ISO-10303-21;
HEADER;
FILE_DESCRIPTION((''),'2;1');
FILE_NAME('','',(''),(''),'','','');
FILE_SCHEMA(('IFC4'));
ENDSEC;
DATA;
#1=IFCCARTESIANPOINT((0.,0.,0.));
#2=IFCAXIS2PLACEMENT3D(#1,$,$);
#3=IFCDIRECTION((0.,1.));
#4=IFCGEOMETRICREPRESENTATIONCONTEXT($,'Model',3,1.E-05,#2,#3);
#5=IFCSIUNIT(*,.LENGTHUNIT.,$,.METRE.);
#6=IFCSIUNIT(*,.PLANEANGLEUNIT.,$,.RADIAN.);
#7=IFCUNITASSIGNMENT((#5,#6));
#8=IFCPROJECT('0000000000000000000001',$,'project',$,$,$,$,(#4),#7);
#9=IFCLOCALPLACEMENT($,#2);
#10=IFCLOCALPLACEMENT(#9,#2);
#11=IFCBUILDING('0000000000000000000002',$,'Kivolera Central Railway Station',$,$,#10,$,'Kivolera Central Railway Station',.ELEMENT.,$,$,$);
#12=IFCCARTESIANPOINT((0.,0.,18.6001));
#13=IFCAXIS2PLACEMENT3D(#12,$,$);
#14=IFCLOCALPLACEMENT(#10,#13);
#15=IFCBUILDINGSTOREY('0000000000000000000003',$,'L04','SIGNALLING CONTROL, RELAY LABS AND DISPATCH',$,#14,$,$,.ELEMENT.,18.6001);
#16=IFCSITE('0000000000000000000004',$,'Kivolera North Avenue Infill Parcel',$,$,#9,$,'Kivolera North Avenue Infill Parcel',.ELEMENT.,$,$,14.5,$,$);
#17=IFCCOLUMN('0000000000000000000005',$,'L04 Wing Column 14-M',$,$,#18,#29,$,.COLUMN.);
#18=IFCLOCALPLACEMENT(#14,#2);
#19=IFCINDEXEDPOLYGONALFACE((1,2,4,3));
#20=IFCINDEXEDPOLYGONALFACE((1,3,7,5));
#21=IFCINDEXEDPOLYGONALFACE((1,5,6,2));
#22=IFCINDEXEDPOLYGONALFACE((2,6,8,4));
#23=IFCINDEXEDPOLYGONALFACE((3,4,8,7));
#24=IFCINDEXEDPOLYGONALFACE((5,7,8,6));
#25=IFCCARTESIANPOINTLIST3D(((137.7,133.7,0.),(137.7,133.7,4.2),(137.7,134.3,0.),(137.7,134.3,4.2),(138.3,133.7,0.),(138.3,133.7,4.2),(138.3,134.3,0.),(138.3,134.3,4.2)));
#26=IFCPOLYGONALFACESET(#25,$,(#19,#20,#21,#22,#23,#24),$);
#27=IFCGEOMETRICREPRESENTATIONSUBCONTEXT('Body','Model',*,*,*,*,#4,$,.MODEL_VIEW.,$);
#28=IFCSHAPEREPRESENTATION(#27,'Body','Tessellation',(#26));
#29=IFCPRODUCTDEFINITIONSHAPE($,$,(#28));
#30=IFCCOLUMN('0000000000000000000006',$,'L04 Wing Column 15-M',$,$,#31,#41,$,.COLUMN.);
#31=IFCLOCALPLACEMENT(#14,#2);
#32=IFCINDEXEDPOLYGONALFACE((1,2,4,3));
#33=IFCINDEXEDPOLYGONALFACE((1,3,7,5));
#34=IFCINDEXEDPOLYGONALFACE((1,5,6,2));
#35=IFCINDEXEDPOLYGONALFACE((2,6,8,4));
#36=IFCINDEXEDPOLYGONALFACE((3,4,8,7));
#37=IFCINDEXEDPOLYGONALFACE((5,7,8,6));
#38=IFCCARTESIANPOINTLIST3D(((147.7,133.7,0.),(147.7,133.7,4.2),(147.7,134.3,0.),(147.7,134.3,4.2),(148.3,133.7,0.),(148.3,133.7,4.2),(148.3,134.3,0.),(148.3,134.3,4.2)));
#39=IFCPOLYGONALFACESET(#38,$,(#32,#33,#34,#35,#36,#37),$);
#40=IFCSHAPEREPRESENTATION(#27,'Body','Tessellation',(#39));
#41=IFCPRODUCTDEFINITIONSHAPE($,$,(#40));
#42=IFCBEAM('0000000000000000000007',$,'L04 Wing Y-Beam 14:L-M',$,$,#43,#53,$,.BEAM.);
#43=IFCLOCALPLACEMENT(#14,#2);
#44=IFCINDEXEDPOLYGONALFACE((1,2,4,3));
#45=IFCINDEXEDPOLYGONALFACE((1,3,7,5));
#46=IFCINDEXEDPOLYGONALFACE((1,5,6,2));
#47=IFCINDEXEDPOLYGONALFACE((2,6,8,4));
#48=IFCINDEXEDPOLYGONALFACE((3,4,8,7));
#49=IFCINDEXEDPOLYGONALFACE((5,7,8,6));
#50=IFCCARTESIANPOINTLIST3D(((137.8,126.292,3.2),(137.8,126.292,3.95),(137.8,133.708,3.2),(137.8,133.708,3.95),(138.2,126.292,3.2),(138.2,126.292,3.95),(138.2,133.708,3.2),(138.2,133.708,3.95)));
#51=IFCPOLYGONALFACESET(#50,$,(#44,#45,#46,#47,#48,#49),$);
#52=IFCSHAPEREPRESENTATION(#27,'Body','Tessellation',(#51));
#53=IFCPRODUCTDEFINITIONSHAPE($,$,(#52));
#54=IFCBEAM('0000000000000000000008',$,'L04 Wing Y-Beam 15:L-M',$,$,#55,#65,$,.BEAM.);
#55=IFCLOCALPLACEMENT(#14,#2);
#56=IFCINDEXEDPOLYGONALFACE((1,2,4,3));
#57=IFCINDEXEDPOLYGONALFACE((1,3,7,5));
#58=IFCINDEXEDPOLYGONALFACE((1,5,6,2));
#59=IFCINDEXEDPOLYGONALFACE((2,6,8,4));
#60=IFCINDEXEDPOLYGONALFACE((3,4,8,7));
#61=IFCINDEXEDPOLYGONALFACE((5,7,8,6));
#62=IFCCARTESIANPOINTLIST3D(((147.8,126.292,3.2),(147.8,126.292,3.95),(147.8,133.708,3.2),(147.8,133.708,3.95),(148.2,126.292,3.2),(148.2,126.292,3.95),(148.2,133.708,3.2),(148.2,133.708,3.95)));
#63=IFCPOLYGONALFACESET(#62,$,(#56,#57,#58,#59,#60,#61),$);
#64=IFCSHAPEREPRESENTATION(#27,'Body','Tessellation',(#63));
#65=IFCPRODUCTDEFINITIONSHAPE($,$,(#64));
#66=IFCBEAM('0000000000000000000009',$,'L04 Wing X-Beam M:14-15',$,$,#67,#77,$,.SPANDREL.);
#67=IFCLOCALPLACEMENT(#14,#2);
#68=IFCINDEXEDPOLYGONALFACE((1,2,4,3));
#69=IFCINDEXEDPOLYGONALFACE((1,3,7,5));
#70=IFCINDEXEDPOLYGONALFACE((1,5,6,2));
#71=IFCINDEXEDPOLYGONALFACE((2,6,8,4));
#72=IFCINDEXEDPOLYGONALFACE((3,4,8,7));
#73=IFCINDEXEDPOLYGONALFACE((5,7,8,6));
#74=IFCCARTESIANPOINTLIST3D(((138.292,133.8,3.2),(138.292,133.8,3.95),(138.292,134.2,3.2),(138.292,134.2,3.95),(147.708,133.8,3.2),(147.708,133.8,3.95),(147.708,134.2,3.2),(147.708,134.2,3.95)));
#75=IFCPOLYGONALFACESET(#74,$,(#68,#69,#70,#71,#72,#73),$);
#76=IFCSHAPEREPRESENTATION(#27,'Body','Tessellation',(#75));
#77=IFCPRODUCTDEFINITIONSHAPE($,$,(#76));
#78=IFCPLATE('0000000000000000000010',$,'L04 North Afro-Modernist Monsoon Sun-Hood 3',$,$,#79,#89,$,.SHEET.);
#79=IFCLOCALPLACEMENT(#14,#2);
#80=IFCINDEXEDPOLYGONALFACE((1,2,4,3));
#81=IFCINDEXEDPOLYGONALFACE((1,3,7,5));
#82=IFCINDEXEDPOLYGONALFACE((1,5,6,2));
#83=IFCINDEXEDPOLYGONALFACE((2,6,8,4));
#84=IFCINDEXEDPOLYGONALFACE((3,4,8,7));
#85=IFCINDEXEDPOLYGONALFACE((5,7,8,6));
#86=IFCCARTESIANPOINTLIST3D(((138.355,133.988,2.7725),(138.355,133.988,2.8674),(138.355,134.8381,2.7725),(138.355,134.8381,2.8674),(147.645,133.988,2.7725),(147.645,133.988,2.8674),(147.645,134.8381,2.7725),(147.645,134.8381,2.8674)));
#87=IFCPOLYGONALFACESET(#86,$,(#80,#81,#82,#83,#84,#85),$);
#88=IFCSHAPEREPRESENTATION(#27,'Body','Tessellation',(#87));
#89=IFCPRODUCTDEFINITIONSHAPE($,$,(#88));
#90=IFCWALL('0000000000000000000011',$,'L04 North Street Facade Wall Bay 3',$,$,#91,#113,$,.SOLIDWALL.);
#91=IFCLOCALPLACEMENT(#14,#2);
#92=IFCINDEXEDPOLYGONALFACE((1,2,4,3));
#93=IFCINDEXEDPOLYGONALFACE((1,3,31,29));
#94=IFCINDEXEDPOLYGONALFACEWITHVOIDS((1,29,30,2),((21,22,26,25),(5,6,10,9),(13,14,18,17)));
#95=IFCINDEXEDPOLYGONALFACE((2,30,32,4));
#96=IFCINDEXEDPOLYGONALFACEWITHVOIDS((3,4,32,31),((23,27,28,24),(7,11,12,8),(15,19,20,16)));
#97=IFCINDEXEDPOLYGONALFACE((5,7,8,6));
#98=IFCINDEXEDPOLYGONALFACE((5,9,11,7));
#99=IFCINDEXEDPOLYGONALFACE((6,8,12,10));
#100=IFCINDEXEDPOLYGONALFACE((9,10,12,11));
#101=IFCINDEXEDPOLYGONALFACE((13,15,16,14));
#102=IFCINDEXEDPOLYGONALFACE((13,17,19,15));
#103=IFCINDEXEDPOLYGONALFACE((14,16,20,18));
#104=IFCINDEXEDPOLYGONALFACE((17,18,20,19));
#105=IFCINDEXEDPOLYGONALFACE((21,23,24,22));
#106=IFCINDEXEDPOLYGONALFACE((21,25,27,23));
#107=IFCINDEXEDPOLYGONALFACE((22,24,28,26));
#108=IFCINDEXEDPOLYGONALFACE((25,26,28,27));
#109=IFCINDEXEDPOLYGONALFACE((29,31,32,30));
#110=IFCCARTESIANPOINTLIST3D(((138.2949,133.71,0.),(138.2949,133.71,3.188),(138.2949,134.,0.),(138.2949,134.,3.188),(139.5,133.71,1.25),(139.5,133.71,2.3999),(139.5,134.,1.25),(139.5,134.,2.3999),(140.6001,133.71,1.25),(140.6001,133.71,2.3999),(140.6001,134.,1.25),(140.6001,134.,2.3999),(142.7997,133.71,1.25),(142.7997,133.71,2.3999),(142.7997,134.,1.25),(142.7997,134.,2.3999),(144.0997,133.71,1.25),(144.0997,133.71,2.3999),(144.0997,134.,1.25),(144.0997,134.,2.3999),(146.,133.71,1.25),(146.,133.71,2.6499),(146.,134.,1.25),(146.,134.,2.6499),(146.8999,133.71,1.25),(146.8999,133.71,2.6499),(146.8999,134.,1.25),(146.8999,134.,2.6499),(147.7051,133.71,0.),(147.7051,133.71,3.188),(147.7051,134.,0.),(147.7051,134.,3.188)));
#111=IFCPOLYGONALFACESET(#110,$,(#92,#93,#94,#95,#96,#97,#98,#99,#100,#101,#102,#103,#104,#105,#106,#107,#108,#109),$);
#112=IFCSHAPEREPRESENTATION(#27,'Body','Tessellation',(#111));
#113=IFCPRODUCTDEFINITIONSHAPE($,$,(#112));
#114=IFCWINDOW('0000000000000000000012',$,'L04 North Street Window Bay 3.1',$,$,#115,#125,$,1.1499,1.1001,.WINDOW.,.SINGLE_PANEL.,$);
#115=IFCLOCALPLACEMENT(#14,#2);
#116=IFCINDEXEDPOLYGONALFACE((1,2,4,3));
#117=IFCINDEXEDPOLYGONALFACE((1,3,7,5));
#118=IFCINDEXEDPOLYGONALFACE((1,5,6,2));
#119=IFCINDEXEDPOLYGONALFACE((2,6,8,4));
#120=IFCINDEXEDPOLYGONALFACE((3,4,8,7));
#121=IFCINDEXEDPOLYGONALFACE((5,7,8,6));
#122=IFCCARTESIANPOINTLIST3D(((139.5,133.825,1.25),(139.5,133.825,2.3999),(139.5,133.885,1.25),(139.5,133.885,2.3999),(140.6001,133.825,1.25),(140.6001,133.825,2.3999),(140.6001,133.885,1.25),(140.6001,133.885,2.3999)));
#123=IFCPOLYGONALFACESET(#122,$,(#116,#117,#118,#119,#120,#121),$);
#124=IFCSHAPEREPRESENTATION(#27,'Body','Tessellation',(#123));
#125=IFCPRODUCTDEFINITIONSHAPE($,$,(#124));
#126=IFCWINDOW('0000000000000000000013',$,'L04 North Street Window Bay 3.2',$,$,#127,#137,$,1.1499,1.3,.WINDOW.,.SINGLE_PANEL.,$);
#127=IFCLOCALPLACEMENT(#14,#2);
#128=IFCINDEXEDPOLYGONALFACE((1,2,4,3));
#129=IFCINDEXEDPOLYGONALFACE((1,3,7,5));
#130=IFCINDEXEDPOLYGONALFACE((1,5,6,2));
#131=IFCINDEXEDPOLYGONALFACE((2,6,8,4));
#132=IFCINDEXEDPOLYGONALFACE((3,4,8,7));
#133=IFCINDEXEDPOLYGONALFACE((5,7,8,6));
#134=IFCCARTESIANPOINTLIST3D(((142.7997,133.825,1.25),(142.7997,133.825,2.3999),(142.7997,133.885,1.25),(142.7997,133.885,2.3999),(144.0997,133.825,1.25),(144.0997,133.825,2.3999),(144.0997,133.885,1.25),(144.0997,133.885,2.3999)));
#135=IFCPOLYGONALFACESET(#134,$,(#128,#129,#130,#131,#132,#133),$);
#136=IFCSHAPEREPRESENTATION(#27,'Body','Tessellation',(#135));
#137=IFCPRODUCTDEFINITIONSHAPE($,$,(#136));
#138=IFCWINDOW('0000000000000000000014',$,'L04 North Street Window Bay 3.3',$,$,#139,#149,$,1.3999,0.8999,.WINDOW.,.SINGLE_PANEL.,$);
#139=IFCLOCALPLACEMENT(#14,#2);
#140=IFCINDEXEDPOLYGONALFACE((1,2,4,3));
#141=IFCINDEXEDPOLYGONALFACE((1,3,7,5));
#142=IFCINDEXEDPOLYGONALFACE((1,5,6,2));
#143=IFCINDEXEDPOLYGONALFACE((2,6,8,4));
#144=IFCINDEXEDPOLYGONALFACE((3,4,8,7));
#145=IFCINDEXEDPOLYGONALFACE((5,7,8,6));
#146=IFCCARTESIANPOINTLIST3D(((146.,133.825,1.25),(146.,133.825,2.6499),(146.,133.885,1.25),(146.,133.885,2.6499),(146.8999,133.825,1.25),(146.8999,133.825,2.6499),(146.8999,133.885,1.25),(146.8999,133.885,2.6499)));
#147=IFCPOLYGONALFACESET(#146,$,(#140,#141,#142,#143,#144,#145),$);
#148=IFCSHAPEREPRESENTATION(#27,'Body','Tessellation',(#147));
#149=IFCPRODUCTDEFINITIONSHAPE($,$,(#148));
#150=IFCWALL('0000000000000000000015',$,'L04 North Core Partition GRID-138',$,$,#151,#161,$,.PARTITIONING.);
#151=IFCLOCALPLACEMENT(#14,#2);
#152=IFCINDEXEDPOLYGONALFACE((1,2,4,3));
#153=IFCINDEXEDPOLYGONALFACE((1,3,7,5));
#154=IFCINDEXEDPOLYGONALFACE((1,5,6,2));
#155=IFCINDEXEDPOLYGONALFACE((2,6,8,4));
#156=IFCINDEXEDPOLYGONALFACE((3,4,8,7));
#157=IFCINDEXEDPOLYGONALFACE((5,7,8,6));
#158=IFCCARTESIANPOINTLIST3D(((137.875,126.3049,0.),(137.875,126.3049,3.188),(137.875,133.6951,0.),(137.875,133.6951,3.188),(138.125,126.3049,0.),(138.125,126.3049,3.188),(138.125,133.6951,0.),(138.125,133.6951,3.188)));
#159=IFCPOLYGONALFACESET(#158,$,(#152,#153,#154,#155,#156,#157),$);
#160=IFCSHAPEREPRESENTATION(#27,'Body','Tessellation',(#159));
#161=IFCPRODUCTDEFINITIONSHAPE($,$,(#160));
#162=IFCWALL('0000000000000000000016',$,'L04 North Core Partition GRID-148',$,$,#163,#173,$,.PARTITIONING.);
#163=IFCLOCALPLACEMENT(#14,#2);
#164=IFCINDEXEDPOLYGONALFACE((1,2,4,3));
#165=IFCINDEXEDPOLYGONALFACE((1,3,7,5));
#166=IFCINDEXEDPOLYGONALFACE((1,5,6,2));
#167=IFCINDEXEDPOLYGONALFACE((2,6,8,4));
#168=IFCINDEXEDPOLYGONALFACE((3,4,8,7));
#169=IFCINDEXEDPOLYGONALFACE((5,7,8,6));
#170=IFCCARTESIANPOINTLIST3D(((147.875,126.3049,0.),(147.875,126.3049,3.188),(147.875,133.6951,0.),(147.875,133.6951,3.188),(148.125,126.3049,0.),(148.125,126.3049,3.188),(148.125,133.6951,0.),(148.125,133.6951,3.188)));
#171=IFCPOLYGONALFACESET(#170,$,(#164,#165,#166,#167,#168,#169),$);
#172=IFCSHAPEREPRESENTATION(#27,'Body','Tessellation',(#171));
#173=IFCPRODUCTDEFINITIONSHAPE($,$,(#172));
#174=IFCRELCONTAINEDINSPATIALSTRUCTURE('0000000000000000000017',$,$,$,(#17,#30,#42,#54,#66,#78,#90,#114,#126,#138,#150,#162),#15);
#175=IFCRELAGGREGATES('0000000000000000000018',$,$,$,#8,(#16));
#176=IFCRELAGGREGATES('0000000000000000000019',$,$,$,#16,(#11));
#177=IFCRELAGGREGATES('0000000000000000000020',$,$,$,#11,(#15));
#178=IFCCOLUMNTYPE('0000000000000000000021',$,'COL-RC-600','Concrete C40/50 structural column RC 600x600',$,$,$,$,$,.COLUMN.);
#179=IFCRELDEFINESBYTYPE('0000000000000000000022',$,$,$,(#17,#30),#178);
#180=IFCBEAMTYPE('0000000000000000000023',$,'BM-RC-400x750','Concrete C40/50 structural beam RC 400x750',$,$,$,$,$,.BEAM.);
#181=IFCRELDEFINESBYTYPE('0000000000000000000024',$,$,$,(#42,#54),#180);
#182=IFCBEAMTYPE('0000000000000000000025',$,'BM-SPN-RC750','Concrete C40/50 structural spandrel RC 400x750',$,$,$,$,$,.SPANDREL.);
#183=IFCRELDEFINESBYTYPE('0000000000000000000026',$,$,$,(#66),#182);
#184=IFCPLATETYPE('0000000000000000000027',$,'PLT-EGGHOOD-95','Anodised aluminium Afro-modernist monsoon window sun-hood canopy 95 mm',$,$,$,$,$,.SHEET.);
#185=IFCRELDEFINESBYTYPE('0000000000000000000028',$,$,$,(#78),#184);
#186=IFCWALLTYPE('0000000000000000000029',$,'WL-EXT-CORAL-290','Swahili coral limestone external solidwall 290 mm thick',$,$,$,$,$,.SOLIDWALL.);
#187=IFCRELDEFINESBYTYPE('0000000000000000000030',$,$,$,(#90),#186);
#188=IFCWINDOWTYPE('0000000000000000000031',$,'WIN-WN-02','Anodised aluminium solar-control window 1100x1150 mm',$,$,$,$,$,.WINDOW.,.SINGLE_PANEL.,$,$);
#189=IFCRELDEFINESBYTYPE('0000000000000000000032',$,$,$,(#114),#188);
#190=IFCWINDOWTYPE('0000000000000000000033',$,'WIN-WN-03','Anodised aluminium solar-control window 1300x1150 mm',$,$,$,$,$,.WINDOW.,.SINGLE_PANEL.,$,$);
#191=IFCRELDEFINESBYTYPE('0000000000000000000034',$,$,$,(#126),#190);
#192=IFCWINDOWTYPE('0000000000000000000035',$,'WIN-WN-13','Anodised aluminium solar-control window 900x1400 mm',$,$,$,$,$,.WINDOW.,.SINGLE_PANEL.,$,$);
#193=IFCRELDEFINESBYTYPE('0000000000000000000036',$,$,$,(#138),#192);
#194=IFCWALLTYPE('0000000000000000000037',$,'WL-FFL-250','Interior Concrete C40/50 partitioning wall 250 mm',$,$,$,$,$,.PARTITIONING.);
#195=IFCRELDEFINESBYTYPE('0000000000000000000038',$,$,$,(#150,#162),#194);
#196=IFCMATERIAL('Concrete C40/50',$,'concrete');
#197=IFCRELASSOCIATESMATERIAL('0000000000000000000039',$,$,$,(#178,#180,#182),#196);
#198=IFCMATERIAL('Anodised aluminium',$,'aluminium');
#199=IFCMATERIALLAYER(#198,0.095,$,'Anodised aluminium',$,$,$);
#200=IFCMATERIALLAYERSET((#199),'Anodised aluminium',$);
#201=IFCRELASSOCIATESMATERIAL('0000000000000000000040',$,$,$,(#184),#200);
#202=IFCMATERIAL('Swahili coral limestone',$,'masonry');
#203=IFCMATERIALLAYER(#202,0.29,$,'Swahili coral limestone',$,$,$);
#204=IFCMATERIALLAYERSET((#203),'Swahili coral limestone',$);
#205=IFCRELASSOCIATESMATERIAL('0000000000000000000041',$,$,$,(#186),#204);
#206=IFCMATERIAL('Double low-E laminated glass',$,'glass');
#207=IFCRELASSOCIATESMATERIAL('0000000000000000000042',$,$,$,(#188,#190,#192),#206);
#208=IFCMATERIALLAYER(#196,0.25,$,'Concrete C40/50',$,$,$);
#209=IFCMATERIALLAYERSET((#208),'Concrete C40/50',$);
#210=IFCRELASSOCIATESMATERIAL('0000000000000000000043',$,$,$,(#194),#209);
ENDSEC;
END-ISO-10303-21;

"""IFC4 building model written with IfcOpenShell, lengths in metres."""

from ifc_helpers import new_model, si_unit, direction, frame, frame_2d, origin, origin_2d, place, context, subcontext, project, spatial, rectangle, extrude, material, layer, layer_set, material_profile, profile_set, type_object, element, fill, save


model = new_model("IFC4")

# Units and contexts
model_context = context("Model", 3, precision=1e-05, world=origin(), true_north=direction((0.0, 1.0)))
body_context = subcontext(model_context, "Body", "Model", "MODEL_VIEW")
ifc_project = project(units=[si_unit("LENGTHUNIT", "METRE"), si_unit("PLANEANGLEUNIT", "RADIAN")], contexts=[model_context])

# Site, building, storey
site_placement = place(None, origin())
site = spatial("IfcSite", under=ifc_project, at=site_placement, Name="Kivolera North Avenue Infill Parcel", LongName="Kivolera North Avenue Infill Parcel", CompositionType="ELEMENT", RefElevation=14.5)
building_placement = place(site_placement, origin())
building = spatial("IfcBuilding", under=site, at=building_placement, Name="Kivolera Central Railway Station", LongName="Kivolera Central Railway Station", CompositionType="ELEMENT")
storey_placement = place(building_placement, frame((0.0, 0.0, 18.6001)))
storey = spatial("IfcBuildingStorey", under=building, at=storey_placement, Name="L04", Description="SIGNALLING CONTROL, RELAY LABS AND DISPATCH", CompositionType="ELEMENT", Elevation=18.6001)

# Columns
ifc_material_1 = material(Name="Concrete C40/50", Category="concrete")
ifc_material_profile_1 = material_profile(ifc_material_1, rectangle(XDim=0.6001, YDim=0.6001, at=origin_2d()), Name="RC 600x600")
ifc_profile_set_1 = profile_set([ifc_material_profile_1], Name="Concrete C40/50")
column_type = type_object("IfcColumnType", Name="COL-RC-600", Description="Concrete C40/50 structural column RC 600x600", PredefinedType="COLUMN", material=ifc_profile_set_1)
for number, where, z_axis, x_axis, name in (
    (1, (138.0, 134.0, 0.0), (0.0, 0.0, 1.0), (1.0, 0.0, 0.0), "L04 Wing Column 14-M"),
    (2, (148.0, 134.0, 0.0), (0.0, 0.0, 1.0), (1.0, 0.0, 0.0), "L04 Wing Column 15-M"),
):
    element("IfcColumn", number, at=place(storey_placement, frame(where, z_axis=z_axis, x_axis=x_axis)), inside=storey, type_object=column_type, Name=name, PredefinedType="COLUMN", context=body_context, shape_type="SweptSolid", body=[
        extrude(rectangle(XDim=0.6001, YDim=0.6001, at=origin_2d()), origin(), (0.0, 0.0, 1.0), 4.2),
    ])

# Beams
ifc_material_profile_2 = material_profile(ifc_material_1, rectangle(XDim=0.3999, YDim=0.75, at=origin_2d()), Name="RC 400x750")
ifc_profile_set_2 = profile_set([ifc_material_profile_2], Name="Concrete C40/50")
beam_type_1 = type_object("IfcBeamType", Name="BM-RC-400x750", Description="Concrete C40/50 structural beam RC 400x750", PredefinedType="BEAM", material=ifc_profile_set_2)
for number, where, z_axis, x_axis, name in (
    (3, (138.0, 126.292, 3.575), (0.0, 1.0, 0.0), (-1.0, 0.0, 0.0), "L04 Wing Y-Beam 14:L-M"),
    (4, (148.0, 126.292, 3.575), (0.0, 1.0, 0.0), (-1.0, 0.0, 0.0), "L04 Wing Y-Beam 15:L-M"),
):
    element("IfcBeam", number, at=place(storey_placement, frame(where, z_axis=z_axis, x_axis=x_axis)), inside=storey, type_object=beam_type_1, Name=name, PredefinedType="BEAM", context=body_context, shape_type="SweptSolid", body=[
        extrude(rectangle(XDim=0.3999, YDim=0.75, at=origin_2d()), origin(), (0.0, 0.0, 1.0), 7.416),
    ])
ifc_material_profile_3 = material_profile(ifc_material_1, rectangle(XDim=0.3999, YDim=0.75, at=origin_2d()), Name="RC 400x750")
ifc_profile_set_3 = profile_set([ifc_material_profile_3], Name="Concrete C40/50")
beam_type_2 = type_object("IfcBeamType", Name="BM-SPN-RC750", Description="Concrete C40/50 structural spandrel RC 400x750", PredefinedType="SPANDREL", material=ifc_profile_set_3)
beam_placement = place(storey_placement, frame((138.292, 134.0, 3.575), z_axis=(1.0, 0.0, 0.0), x_axis=(0.0, 1.0, 0.0)))
element("IfcBeam", 5, at=beam_placement, inside=storey, type_object=beam_type_2, Name="L04 Wing X-Beam M:14-15", PredefinedType="SPANDREL", context=body_context, shape_type="SweptSolid", body=[
    extrude(rectangle(XDim=0.3999, YDim=0.75, at=origin_2d()), origin(), (0.0, 0.0, 1.0), 9.416),
])

# Plate
ifc_material_2 = material(Name="Anodised aluminium", Category="aluminium")
ifc_layer_1 = layer(ifc_material_2, 0.095, Name="Anodised aluminium")
ifc_layer_set_1 = layer_set([ifc_layer_1], Name="Anodised aluminium")
plate_type = type_object("IfcPlateType", Name="PLT-EGGHOOD-95", Description="Anodised aluminium Afro-modernist monsoon window sun-hood canopy 95 mm", PredefinedType="SHEET", material=ifc_layer_set_1)
plate_placement = place(storey_placement, frame((143.0, 134.4131, 2.7725), z_axis=(0.0, 0.0, 1.0), x_axis=(1.0, 0.0, 0.0)))
element("IfcPlate", 6, at=plate_placement, inside=storey, type_object=plate_type, Name="L04 North Afro-Modernist Monsoon Sun-Hood 3", PredefinedType="SHEET", context=body_context, shape_type="SweptSolid", body=[
    extrude(rectangle(XDim=9.29, YDim=0.8501, at=origin_2d()), origin(), (0.0, 0.0, 1.0), 0.095),
])

# Wall, openings, windows
ifc_material_3 = material(Name="Swahili coral limestone", Category="masonry")
ifc_layer_2 = layer(ifc_material_3, 0.29, Name="Swahili coral limestone")
ifc_layer_set_2 = layer_set([ifc_layer_2], Name="Swahili coral limestone")
wall_type_1 = type_object("IfcWallType", Name="WL-EXT-CORAL-290", Description="Swahili coral limestone external solidwall 290 mm thick", PredefinedType="SOLIDWALL", material=ifc_layer_set_2)
wall_placement = place(storey_placement, frame((138.2949, 133.855, 0.0), z_axis=(0.0, 0.0, 1.0), x_axis=(1.0, 0.0, 0.0)))
wall = element("IfcWall", 7, at=wall_placement, inside=storey, type_object=wall_type_1, Name="L04 North Street Facade Wall Bay 3", PredefinedType="SOLIDWALL", context=body_context, shape_type="SweptSolid", body=[
    extrude(rectangle(XDim=9.4102, YDim=0.29, at=frame_2d((4.7051, 0.0))), origin(), (0.0, 0.0, 1.0), 3.188),
])
opening_1_placement = place(wall_placement, frame((1.2051, 0.0, 1.25)))
opening_1 = element("IfcOpeningElement", 8, at=opening_1_placement, cuts=wall, PredefinedType="OPENING", context=body_context, shape_type="SweptSolid", body=[
    extrude(rectangle(XDim=1.1001, YDim=1.1499, at=frame_2d((0.55, 0.575))), frame((0.0, 0.155, 0.0), z_axis=(0.0, -1.0, 0.0), x_axis=(1.0, 0.0, 0.0)), (0.0, 0.0, 1.0), 0.3101),
])
opening_2_placement = place(wall_placement, frame((4.5049, 0.0, 1.25)))
opening_2 = element("IfcOpeningElement", 9, at=opening_2_placement, cuts=wall, PredefinedType="OPENING", context=body_context, shape_type="SweptSolid", body=[
    extrude(rectangle(XDim=1.3, YDim=1.1499, at=frame_2d((0.6499, 0.575))), frame((0.0, 0.155, 0.0), z_axis=(0.0, -1.0, 0.0), x_axis=(1.0, 0.0, 0.0)), (0.0, 0.0, 1.0), 0.3101),
])
opening_3_placement = place(wall_placement, frame((7.7051, 0.0, 1.25)))
opening_3 = element("IfcOpeningElement", 10, at=opening_3_placement, cuts=wall, PredefinedType="OPENING", context=body_context, shape_type="SweptSolid", body=[
    extrude(rectangle(XDim=0.8999, YDim=1.3999, at=frame_2d((0.45, 0.7))), frame((0.0, 0.155, 0.0), z_axis=(0.0, -1.0, 0.0), x_axis=(1.0, 0.0, 0.0)), (0.0, 0.0, 1.0), 0.3101),
])
ifc_material_4 = material(Name="Double low-E laminated glass", Category="glass")
window_type_1 = type_object("IfcWindowType", Name="WIN-WN-02", Description="Anodised aluminium solar-control window 1100x1150 mm", PartitioningType="SINGLE_PANEL", PredefinedType="WINDOW", material=ifc_material_4)
window_1_placement = place(opening_1_placement, origin())
window_1 = element("IfcWindow", 11, at=window_1_placement, inside=storey, type_object=window_type_1, Name="L04 North Street Window Bay 3.1", OverallHeight=1.1499, OverallWidth=1.1001, PartitioningType="SINGLE_PANEL", PredefinedType="WINDOW", context=body_context, shape_type="SweptSolid", body=[
    extrude(rectangle(XDim=1.1001, YDim=1.1499, at=frame_2d((0.55, 0.575))), frame((0.0, 0.03, 0.0), z_axis=(0.0, -1.0, 0.0), x_axis=(1.0, 0.0, 0.0)), (0.0, 0.0, 1.0), 0.0601),
])
fill(opening_1, window_1)
window_type_2 = type_object("IfcWindowType", Name="WIN-WN-03", Description="Anodised aluminium solar-control window 1300x1150 mm", PartitioningType="SINGLE_PANEL", PredefinedType="WINDOW", material=ifc_material_4)
window_2_placement = place(opening_2_placement, origin())
window_2 = element("IfcWindow", 12, at=window_2_placement, inside=storey, type_object=window_type_2, Name="L04 North Street Window Bay 3.2", OverallHeight=1.1499, OverallWidth=1.3, PartitioningType="SINGLE_PANEL", PredefinedType="WINDOW", context=body_context, shape_type="SweptSolid", body=[
    extrude(rectangle(XDim=1.3, YDim=1.1499, at=frame_2d((0.6499, 0.575))), frame((0.0, 0.03, 0.0), z_axis=(0.0, -1.0, 0.0), x_axis=(1.0, 0.0, 0.0)), (0.0, 0.0, 1.0), 0.0601),
])
fill(opening_2, window_2)
window_type_3 = type_object("IfcWindowType", Name="WIN-WN-13", Description="Anodised aluminium solar-control window 900x1400 mm", PartitioningType="SINGLE_PANEL", PredefinedType="WINDOW", material=ifc_material_4)
window_3_placement = place(opening_3_placement, origin())
window_3 = element("IfcWindow", 13, at=window_3_placement, inside=storey, type_object=window_type_3, Name="L04 North Street Window Bay 3.3", OverallHeight=1.3999, OverallWidth=0.8999, PartitioningType="SINGLE_PANEL", PredefinedType="WINDOW", context=body_context, shape_type="SweptSolid", body=[
    extrude(rectangle(XDim=0.8999, YDim=1.3999, at=frame_2d((0.45, 0.7))), frame((0.0, 0.03, 0.0), z_axis=(0.0, -1.0, 0.0), x_axis=(1.0, 0.0, 0.0)), (0.0, 0.0, 1.0), 0.0601),
])
fill(opening_3, window_3)

# Walls
ifc_layer_3 = layer(ifc_material_1, 0.25, Name="Concrete C40/50")
ifc_layer_set_3 = layer_set([ifc_layer_3], Name="Concrete C40/50")
wall_type_2 = type_object("IfcWallType", Name="WL-FFL-250", Description="Interior Concrete C40/50 partitioning wall 250 mm", PredefinedType="PARTITIONING", material=ifc_layer_set_3)
for number, where, z_axis, x_axis, name in (
    (14, (138.0, 126.3049, 0.0), (0.0, 0.0, 1.0), (0.0, 1.0, 0.0), "L04 North Core Partition GRID-138"),
    (15, (148.0, 126.3049, 0.0), (0.0, 0.0, 1.0), (0.0, 1.0, 0.0), "L04 North Core Partition GRID-148"),
):
    element("IfcWall", number, at=place(storey_placement, frame(where, z_axis=z_axis, x_axis=x_axis)), inside=storey, type_object=wall_type_2, Name=name, PredefinedType="PARTITIONING", context=body_context, shape_type="SweptSolid", body=[
        extrude(rectangle(XDim=7.3901, YDim=0.25, at=frame_2d((3.6951, 0.0))), origin(), (0.0, 0.0, 1.0), 3.188),
    ])

save(model, "model.ifc")
